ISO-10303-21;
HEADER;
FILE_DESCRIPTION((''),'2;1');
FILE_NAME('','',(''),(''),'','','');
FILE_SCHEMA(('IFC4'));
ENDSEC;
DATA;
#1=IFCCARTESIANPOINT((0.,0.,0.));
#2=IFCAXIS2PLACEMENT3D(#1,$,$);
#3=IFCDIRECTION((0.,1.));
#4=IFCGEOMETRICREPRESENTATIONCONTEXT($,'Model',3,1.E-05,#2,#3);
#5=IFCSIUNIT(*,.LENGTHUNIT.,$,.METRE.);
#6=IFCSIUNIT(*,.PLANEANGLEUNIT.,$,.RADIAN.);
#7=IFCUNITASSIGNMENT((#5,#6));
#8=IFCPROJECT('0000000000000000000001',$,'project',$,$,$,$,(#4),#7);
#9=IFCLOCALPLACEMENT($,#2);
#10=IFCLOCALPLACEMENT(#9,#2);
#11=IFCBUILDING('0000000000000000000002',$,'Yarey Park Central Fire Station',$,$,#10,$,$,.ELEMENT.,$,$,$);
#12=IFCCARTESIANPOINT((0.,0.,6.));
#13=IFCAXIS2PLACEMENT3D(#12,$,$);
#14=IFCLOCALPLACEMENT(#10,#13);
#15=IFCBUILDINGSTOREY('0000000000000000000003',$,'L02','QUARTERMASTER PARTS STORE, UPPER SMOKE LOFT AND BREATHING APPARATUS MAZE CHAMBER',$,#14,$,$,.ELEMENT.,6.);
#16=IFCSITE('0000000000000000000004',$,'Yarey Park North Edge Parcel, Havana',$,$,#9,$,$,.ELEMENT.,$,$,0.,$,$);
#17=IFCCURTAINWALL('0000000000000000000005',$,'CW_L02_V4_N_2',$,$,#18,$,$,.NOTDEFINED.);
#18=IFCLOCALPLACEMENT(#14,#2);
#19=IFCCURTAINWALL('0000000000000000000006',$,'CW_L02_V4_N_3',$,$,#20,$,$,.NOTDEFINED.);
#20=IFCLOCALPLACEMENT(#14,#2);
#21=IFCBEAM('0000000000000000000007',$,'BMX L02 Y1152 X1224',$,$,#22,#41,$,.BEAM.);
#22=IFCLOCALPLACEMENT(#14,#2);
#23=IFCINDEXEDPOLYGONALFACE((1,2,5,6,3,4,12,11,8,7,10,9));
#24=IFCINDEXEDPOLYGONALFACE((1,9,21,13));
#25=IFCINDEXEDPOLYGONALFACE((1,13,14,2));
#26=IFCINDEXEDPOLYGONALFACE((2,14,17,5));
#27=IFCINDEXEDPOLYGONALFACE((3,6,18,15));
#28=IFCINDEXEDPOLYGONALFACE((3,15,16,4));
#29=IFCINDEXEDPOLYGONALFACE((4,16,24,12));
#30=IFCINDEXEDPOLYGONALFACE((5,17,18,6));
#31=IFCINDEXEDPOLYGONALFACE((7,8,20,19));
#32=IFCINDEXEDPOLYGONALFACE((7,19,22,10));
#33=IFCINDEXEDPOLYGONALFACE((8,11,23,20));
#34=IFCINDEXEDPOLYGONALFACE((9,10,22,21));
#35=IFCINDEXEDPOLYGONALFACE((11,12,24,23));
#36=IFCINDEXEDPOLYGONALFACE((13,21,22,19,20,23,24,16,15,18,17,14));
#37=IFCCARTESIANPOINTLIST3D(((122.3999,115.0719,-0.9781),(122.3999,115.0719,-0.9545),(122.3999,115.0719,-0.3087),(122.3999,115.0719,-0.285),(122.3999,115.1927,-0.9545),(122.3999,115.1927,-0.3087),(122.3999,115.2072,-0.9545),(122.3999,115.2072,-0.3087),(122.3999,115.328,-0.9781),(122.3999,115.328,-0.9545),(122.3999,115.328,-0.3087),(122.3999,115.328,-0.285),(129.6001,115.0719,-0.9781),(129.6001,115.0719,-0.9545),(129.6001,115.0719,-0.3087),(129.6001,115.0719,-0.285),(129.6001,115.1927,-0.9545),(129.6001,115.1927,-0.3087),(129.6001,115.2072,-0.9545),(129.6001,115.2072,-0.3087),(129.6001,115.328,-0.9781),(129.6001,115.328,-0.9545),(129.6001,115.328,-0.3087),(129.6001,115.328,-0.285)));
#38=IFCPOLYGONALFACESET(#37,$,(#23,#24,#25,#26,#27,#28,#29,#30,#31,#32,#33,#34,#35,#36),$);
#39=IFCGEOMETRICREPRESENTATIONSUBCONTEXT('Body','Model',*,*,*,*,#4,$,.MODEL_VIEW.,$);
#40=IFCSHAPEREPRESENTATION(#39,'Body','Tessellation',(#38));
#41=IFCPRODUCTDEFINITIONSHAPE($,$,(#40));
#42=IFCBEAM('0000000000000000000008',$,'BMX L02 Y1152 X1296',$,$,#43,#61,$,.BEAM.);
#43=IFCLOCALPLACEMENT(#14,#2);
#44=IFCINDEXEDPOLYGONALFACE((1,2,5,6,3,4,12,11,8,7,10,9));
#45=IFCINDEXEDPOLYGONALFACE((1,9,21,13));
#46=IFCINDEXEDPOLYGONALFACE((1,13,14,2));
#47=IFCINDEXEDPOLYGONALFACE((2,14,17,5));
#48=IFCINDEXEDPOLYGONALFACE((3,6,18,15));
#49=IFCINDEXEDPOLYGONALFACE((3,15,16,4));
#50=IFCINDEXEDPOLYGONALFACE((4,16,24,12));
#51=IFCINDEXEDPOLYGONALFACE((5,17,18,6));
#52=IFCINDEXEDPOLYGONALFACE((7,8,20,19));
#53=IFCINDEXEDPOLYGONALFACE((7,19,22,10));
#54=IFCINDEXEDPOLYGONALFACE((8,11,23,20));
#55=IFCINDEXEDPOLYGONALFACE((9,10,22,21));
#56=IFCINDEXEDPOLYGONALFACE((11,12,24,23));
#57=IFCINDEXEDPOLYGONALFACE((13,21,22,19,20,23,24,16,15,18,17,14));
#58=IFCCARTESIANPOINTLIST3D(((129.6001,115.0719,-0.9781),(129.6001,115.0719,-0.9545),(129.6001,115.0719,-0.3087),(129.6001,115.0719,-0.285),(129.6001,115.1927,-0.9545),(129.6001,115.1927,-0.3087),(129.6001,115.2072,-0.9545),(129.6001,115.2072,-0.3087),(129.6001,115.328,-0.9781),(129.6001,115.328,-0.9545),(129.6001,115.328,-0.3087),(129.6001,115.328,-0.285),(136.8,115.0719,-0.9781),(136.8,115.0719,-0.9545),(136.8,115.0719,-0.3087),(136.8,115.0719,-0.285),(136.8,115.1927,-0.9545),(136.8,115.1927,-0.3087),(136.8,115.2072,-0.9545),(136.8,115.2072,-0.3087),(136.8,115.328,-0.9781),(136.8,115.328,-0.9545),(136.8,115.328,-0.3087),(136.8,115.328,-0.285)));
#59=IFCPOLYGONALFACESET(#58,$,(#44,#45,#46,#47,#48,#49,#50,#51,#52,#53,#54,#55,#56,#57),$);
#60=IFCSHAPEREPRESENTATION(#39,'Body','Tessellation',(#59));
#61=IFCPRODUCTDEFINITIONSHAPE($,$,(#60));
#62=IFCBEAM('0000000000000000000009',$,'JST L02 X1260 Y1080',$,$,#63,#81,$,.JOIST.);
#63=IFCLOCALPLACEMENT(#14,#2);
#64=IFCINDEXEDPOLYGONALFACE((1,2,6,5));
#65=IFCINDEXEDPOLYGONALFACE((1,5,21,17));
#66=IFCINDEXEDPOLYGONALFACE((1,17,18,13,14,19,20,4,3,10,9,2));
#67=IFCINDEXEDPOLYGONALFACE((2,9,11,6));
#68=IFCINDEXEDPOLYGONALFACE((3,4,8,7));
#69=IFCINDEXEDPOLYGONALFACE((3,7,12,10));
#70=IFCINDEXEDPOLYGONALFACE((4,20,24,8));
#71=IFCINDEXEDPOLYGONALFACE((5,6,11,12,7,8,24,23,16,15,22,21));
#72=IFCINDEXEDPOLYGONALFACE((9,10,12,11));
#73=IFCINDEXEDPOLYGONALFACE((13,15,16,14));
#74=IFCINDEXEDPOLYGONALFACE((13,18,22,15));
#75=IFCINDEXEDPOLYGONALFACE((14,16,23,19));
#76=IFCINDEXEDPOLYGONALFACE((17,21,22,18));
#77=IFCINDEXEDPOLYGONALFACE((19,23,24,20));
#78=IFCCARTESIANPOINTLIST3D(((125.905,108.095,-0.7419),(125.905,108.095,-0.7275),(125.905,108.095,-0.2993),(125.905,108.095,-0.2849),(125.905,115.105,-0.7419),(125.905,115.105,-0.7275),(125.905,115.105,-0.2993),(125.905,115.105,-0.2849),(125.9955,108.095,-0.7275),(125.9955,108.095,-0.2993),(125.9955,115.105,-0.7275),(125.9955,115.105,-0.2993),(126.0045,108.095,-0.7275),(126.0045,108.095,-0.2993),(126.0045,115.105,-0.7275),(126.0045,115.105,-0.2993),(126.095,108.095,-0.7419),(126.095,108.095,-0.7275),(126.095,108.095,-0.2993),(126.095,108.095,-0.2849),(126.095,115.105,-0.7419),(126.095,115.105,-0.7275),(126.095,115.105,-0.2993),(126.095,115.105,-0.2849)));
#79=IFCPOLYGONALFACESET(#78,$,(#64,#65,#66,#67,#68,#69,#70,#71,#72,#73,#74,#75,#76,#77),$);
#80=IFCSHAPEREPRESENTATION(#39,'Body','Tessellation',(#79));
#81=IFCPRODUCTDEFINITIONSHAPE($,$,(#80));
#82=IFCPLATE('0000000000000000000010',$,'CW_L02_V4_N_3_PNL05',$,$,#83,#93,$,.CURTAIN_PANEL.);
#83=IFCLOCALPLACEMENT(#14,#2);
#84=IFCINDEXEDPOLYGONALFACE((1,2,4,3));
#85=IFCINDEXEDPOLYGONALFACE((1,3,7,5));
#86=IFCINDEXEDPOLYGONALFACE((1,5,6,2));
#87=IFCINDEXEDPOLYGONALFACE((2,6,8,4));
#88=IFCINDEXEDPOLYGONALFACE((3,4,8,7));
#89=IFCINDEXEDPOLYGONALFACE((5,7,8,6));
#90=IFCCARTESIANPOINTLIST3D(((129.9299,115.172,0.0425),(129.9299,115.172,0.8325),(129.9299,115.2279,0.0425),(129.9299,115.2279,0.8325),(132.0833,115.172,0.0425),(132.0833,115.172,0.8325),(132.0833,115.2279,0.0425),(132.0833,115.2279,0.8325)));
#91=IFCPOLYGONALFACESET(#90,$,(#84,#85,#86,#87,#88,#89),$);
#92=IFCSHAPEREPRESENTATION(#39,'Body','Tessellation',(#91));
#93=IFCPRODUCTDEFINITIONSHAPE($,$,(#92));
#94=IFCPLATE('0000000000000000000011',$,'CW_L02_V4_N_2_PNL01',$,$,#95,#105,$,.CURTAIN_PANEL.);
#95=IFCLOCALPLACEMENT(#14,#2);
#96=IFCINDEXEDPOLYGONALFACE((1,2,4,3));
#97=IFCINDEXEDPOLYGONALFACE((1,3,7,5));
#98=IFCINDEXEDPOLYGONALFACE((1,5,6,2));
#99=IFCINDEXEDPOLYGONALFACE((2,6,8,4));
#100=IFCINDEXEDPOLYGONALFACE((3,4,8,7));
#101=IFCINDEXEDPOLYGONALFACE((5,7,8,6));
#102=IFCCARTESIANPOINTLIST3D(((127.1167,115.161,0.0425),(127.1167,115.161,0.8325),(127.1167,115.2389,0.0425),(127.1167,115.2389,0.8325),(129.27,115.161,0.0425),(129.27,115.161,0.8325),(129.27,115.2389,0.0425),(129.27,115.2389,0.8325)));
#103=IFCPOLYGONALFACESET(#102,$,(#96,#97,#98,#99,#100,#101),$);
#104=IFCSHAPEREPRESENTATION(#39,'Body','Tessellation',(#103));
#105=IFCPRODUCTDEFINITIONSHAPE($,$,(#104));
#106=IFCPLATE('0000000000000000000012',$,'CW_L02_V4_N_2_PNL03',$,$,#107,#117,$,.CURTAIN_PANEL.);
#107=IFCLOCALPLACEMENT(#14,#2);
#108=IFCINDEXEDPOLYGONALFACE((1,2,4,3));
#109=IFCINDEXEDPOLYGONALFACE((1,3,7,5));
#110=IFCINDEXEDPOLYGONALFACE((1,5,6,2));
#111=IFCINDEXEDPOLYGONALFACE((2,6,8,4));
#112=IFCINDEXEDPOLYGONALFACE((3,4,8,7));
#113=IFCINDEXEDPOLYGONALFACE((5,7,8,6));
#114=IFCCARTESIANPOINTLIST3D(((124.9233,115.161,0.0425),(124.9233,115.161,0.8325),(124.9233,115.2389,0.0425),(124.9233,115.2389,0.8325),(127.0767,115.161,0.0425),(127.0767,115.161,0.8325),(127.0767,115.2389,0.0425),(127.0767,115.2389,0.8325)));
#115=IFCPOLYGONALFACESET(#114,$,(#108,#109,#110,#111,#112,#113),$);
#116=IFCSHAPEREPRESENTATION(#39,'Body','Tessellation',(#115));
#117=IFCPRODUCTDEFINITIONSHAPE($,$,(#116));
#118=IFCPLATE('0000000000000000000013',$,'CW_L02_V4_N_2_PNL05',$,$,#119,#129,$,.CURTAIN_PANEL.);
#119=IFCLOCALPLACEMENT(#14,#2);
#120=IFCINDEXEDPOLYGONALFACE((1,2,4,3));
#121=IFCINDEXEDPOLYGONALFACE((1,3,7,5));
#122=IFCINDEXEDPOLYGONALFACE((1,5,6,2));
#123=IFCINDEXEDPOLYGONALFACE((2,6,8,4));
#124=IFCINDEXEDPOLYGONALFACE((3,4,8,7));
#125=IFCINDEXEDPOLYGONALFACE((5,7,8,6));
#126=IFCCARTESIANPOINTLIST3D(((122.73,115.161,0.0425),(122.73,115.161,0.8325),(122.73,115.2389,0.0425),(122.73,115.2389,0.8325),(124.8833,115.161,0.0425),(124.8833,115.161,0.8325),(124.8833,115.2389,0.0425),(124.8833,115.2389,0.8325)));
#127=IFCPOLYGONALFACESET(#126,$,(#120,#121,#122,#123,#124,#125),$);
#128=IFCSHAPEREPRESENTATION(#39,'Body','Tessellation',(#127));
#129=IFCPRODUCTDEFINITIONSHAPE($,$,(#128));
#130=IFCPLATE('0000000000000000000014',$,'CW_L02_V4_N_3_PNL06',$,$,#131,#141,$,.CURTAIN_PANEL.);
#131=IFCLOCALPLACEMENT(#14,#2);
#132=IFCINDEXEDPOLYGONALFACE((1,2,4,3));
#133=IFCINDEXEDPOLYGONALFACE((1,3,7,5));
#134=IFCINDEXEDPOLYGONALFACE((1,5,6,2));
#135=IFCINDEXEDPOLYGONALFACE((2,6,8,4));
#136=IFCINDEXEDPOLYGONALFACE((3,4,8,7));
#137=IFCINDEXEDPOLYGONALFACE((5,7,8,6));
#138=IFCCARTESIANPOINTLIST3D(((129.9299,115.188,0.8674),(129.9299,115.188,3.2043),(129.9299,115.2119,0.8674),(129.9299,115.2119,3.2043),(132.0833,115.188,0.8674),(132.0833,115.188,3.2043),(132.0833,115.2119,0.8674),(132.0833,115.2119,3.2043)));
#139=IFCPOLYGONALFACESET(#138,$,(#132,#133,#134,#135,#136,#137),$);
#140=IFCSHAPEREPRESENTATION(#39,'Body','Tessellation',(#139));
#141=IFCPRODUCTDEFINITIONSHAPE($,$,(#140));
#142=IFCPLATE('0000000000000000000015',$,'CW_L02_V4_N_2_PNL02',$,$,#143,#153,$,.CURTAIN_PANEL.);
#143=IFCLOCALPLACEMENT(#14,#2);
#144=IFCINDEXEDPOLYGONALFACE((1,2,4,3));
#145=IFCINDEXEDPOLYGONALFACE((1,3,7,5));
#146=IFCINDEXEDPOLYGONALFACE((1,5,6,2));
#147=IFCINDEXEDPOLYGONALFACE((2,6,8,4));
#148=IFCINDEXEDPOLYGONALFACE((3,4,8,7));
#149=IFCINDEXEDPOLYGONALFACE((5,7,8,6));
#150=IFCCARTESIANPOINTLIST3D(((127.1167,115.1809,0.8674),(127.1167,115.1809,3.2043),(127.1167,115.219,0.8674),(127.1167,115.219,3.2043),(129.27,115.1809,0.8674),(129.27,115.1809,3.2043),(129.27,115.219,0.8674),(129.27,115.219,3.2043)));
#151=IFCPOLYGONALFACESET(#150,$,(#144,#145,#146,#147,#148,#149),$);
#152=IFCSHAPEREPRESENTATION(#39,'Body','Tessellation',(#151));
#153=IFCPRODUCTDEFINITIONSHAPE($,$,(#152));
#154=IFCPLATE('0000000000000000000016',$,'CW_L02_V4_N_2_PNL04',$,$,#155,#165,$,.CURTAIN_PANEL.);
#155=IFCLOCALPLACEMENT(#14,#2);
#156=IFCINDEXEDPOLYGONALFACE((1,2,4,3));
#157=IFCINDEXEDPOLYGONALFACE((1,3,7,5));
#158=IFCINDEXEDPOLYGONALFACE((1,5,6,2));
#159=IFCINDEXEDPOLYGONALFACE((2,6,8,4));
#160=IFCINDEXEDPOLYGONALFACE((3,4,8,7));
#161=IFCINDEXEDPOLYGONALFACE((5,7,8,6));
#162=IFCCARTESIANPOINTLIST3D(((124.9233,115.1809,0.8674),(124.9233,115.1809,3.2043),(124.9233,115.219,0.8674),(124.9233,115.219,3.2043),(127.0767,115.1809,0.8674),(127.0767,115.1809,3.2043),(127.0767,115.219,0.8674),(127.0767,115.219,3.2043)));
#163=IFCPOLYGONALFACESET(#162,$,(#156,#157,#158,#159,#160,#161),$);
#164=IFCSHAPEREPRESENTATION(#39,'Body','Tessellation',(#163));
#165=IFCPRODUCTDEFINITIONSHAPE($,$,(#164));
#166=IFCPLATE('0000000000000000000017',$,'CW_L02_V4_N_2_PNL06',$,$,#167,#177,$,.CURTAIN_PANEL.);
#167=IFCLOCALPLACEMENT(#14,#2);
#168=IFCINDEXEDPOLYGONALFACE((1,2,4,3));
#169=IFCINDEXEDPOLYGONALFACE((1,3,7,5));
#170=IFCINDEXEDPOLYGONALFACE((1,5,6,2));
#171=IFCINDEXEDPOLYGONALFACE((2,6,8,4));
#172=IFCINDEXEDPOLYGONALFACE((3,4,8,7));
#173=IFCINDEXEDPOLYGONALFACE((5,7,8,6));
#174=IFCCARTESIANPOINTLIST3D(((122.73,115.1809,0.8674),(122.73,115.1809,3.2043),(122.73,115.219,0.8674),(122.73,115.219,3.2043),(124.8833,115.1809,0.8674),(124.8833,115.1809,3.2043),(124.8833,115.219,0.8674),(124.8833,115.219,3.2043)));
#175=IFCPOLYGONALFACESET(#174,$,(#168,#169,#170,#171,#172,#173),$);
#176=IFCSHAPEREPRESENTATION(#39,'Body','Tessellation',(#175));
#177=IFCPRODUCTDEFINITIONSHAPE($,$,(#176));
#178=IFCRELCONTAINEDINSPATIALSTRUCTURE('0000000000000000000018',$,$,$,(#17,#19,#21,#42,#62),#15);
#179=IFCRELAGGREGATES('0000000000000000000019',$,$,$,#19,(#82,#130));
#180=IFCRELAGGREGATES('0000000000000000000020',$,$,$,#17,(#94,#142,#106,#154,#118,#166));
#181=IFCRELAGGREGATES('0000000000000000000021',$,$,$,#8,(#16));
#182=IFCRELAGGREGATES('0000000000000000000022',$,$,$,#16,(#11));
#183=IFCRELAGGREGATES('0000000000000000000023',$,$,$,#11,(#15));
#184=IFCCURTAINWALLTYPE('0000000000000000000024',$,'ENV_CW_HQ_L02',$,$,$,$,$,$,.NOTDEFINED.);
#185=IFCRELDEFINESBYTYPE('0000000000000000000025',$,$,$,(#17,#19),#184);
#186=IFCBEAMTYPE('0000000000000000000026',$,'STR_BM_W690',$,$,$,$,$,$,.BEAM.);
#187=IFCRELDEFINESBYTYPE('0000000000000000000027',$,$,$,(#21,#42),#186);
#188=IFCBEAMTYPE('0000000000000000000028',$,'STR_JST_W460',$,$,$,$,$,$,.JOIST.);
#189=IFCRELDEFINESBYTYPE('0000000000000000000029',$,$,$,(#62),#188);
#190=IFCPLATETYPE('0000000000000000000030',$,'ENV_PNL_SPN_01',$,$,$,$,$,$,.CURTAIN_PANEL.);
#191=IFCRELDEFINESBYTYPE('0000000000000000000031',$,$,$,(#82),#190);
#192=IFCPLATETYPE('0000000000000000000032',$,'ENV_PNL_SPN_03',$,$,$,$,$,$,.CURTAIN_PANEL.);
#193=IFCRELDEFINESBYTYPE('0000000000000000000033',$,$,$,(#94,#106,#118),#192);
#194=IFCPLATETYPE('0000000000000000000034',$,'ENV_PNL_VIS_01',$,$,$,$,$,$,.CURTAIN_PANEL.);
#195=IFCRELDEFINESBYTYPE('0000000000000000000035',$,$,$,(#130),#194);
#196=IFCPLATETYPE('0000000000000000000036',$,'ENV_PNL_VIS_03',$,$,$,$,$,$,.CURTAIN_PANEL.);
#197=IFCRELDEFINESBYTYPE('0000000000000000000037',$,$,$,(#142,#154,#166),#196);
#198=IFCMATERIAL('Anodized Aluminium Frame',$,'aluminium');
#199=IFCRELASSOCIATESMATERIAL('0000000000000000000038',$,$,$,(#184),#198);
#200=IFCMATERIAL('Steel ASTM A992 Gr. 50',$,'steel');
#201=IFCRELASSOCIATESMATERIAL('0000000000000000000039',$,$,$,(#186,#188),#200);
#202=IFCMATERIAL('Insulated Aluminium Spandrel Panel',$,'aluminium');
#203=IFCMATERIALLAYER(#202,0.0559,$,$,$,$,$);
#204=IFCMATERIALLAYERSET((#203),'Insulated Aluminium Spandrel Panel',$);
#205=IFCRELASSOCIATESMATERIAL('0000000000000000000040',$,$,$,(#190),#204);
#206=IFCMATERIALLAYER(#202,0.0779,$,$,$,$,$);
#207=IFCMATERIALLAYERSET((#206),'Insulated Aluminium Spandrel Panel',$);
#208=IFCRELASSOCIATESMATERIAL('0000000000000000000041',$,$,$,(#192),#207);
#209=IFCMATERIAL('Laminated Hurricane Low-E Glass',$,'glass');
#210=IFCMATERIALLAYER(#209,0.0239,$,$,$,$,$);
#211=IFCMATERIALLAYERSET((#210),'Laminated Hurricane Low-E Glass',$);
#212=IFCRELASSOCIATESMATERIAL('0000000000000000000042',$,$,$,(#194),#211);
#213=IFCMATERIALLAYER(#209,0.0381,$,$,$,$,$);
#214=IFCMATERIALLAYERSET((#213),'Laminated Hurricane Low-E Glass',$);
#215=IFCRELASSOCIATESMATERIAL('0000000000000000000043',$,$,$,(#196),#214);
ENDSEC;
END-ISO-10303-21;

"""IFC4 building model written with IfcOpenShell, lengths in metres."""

from ifc_helpers import new_model, si_unit, direction, frame, origin, origin_2d, place, context, subcontext, project, spatial, rectangle, i_section, extrude, material, layer, layer_set, material_profile, profile_set, type_object, element, aggregate, save


model = new_model("IFC4")

# Units and contexts
model_context = context("Model", 3, precision=1e-05, world=origin(), true_north=direction((0.0, 1.0)))
body_context = subcontext(model_context, "Body", "Model", "MODEL_VIEW")
ifc_project = project(units=[si_unit("LENGTHUNIT", "METRE"), si_unit("PLANEANGLEUNIT", "RADIAN")], contexts=[model_context])

# Site, building, storey
site_placement = place(None, origin())
site = spatial("IfcSite", under=ifc_project, at=site_placement, Name="Yarey Park North Edge Parcel, Havana", CompositionType="ELEMENT", RefElevation=0.0)
building_placement = place(site_placement, origin())
building = spatial("IfcBuilding", under=site, at=building_placement, Name="Yarey Park Central Fire Station", CompositionType="ELEMENT")
storey_placement = place(building_placement, frame((0.0, 0.0, 6.0)))
storey = spatial("IfcBuildingStorey", under=building, at=storey_placement, Name="L02", Description="QUARTERMASTER PARTS STORE, UPPER SMOKE LOFT AND BREATHING APPARATUS MAZE CHAMBER", CompositionType="ELEMENT", Elevation=6.0)

# Shared definitions
ifc_material_1 = material(Name="Anodized Aluminium Frame", Category="aluminium")
curtain_wall_type = type_object("IfcCurtainWallType", Name="ENV_CW_HQ_L02", PredefinedType="NOTDEFINED", material=ifc_material_1)

# Curtain walls
curtain_wall_1_placement = place(storey_placement, origin())
curtain_wall_1 = element("IfcCurtainWall", 1, at=curtain_wall_1_placement, inside=storey, type_object=curtain_wall_type, Name="CW_L02_V4_N_2", PredefinedType="NOTDEFINED")
curtain_wall_2_placement = place(storey_placement, origin())
curtain_wall_2 = element("IfcCurtainWall", 2, at=curtain_wall_2_placement, inside=storey, type_object=curtain_wall_type, Name="CW_L02_V4_N_3", PredefinedType="NOTDEFINED")

# Beams
ifc_material_2 = material(Name="Steel ASTM A992 Gr. 50", Category="steel")
ifc_material_profile_1 = material_profile(ifc_material_2, i_section(OverallWidth=0.2561, OverallDepth=0.6931, WebThickness=0.0144, FlangeThickness=0.0237, at=origin_2d()), Name="W690x170")
ifc_profile_set_1 = profile_set([ifc_material_profile_1], Name="Steel ASTM A992 Gr. 50")
beam_type_1 = type_object("IfcBeamType", Name="STR_BM_W690", PredefinedType="BEAM", material=ifc_profile_set_1)
beam_1_placement = place(storey_placement, frame((122.3999, 115.2, -0.6316), z_axis=(1.0, 0.0, 0.0), x_axis=(0.0, 1.0, 0.0)))
element("IfcBeam", 3, at=beam_1_placement, inside=storey, type_object=beam_type_1, Name="BMX L02 Y1152 X1224", PredefinedType="BEAM", context=body_context, shape_type="SweptSolid", body=[
    extrude(i_section(OverallWidth=0.2561, OverallDepth=0.6931, WebThickness=0.0144, FlangeThickness=0.0237, at=origin_2d()), origin(), (0.0, 0.0, 1.0), 7.2002),
])
beam_2_placement = place(storey_placement, frame((129.6001, 115.2, -0.6316), z_axis=(1.0, 0.0, 0.0), x_axis=(0.0, 1.0, 0.0)))
element("IfcBeam", 4, at=beam_2_placement, inside=storey, type_object=beam_type_1, Name="BMX L02 Y1152 X1296", PredefinedType="BEAM", context=body_context, shape_type="SweptSolid", body=[
    extrude(i_section(OverallWidth=0.2561, OverallDepth=0.6931, WebThickness=0.0144, FlangeThickness=0.0237, at=origin_2d()), origin(), (0.0, 0.0, 1.0), 7.2),
])
ifc_material_profile_2 = material_profile(ifc_material_2, i_section(OverallWidth=0.1899, OverallDepth=0.457, WebThickness=0.009, FlangeThickness=0.0144, at=origin_2d()), Name="W460x74")
ifc_profile_set_2 = profile_set([ifc_material_profile_2], Name="Steel ASTM A992 Gr. 50")
beam_type_2 = type_object("IfcBeamType", Name="STR_JST_W460", PredefinedType="JOIST", material=ifc_profile_set_2)
beam_3_placement = place(storey_placement, frame((126.0, 108.095, -0.5134), z_axis=(0.0, 1.0, 0.0), x_axis=(-1.0, 0.0, 0.0)))
element("IfcBeam", 5, at=beam_3_placement, inside=storey, type_object=beam_type_2, Name="JST L02 X1260 Y1080", PredefinedType="JOIST", context=body_context, shape_type="SweptSolid", body=[
    extrude(i_section(OverallWidth=0.1899, OverallDepth=0.457, WebThickness=0.009, FlangeThickness=0.0144, at=origin_2d()), origin(), (0.0, 0.0, 1.0), 7.01),
])

# Plates
ifc_material_3 = material(Name="Insulated Aluminium Spandrel Panel", Category="aluminium")
ifc_layer_1 = layer(ifc_material_3, 0.0559)
ifc_layer_set_1 = layer_set([ifc_layer_1], Name="Insulated Aluminium Spandrel Panel")
plate_type_1 = type_object("IfcPlateType", Name="ENV_PNL_SPN_01", PredefinedType="CURTAIN_PANEL", material=ifc_layer_set_1)
plate_1_placement = place(storey_placement, frame((131.0066, 115.2, 0.0425), z_axis=(0.0, 0.0, 1.0), x_axis=(-1.0, 0.0, 0.0)))
plate_1 = element("IfcPlate", 6, at=plate_1_placement, type_object=plate_type_1, Name="CW_L02_V4_N_3_PNL05", PredefinedType="CURTAIN_PANEL", context=body_context, shape_type="SweptSolid", body=[
    extrude(rectangle(XDim=2.1533, YDim=0.0559, at=origin_2d()), origin(), (0.0, 0.0, 1.0), 0.79),
])
ifc_layer_2 = layer(ifc_material_3, 0.0779)
ifc_layer_set_2 = layer_set([ifc_layer_2], Name="Insulated Aluminium Spandrel Panel")
plate_type_2 = type_object("IfcPlateType", Name="ENV_PNL_SPN_03", PredefinedType="CURTAIN_PANEL", material=ifc_layer_set_2)
plate_2_placement = place(storey_placement, frame((128.1934, 115.2, 0.0425), z_axis=(0.0, 0.0, 1.0), x_axis=(-1.0, 0.0, 0.0)))
plate_2 = element("IfcPlate", 7, at=plate_2_placement, type_object=plate_type_2, Name="CW_L02_V4_N_2_PNL01", PredefinedType="CURTAIN_PANEL", context=body_context, shape_type="SweptSolid", body=[
    extrude(rectangle(XDim=2.1533, YDim=0.0779, at=origin_2d()), origin(), (0.0, 0.0, 1.0), 0.79),
])
plate_3_placement = place(storey_placement, frame((126.0, 115.2, 0.0425), z_axis=(0.0, 0.0, 1.0), x_axis=(-1.0, 0.0, 0.0)))
plate_3 = element("IfcPlate", 8, at=plate_3_placement, type_object=plate_type_2, Name="CW_L02_V4_N_2_PNL03", PredefinedType="CURTAIN_PANEL", context=body_context, shape_type="SweptSolid", body=[
    extrude(rectangle(XDim=2.1533, YDim=0.0779, at=origin_2d()), origin(), (0.0, 0.0, 1.0), 0.79),
])
plate_4_placement = place(storey_placement, frame((123.8066, 115.2, 0.0425), z_axis=(0.0, 0.0, 1.0), x_axis=(-1.0, 0.0, 0.0)))
plate_4 = element("IfcPlate", 9, at=plate_4_placement, type_object=plate_type_2, Name="CW_L02_V4_N_2_PNL05", PredefinedType="CURTAIN_PANEL", context=body_context, shape_type="SweptSolid", body=[
    extrude(rectangle(XDim=2.1533, YDim=0.0779, at=origin_2d()), origin(), (0.0, 0.0, 1.0), 0.79),
])
ifc_material_4 = material(Name="Laminated Hurricane Low-E Glass", Category="glass")
ifc_layer_3 = layer(ifc_material_4, 0.0239)
ifc_layer_set_3 = layer_set([ifc_layer_3], Name="Laminated Hurricane Low-E Glass")
plate_type_3 = type_object("IfcPlateType", Name="ENV_PNL_VIS_01", PredefinedType="CURTAIN_PANEL", material=ifc_layer_set_3)
plate_5_placement = place(storey_placement, frame((131.0066, 115.2, 0.8674), z_axis=(0.0, 0.0, 1.0), x_axis=(-1.0, 0.0, 0.0)))
plate_5 = element("IfcPlate", 10, at=plate_5_placement, type_object=plate_type_3, Name="CW_L02_V4_N_3_PNL06", PredefinedType="CURTAIN_PANEL", context=body_context, shape_type="SweptSolid", body=[
    extrude(rectangle(XDim=2.1533, YDim=0.0239, at=origin_2d()), origin(), (0.0, 0.0, 1.0), 2.3369),
])
aggregate(curtain_wall_2, [plate_1, plate_5])
ifc_layer_4 = layer(ifc_material_4, 0.0381)
ifc_layer_set_4 = layer_set([ifc_layer_4], Name="Laminated Hurricane Low-E Glass")
plate_type_4 = type_object("IfcPlateType", Name="ENV_PNL_VIS_03", PredefinedType="CURTAIN_PANEL", material=ifc_layer_set_4)
plate_6_placement = place(storey_placement, frame((128.1934, 115.2, 0.8674), z_axis=(0.0, 0.0, 1.0), x_axis=(-1.0, 0.0, 0.0)))
plate_6 = element("IfcPlate", 11, at=plate_6_placement, type_object=plate_type_4, Name="CW_L02_V4_N_2_PNL02", PredefinedType="CURTAIN_PANEL", context=body_context, shape_type="SweptSolid", body=[
    extrude(rectangle(XDim=2.1533, YDim=0.0381, at=origin_2d()), origin(), (0.0, 0.0, 1.0), 2.3369),
])
plate_7_placement = place(storey_placement, frame((126.0, 115.2, 0.8674), z_axis=(0.0, 0.0, 1.0), x_axis=(-1.0, 0.0, 0.0)))
plate_7 = element("IfcPlate", 12, at=plate_7_placement, type_object=plate_type_4, Name="CW_L02_V4_N_2_PNL04", PredefinedType="CURTAIN_PANEL", context=body_context, shape_type="SweptSolid", body=[
    extrude(rectangle(XDim=2.1533, YDim=0.0381, at=origin_2d()), origin(), (0.0, 0.0, 1.0), 2.3369),
])
plate_8_placement = place(storey_placement, frame((123.8066, 115.2, 0.8674), z_axis=(0.0, 0.0, 1.0), x_axis=(-1.0, 0.0, 0.0)))
plate_8 = element("IfcPlate", 13, at=plate_8_placement, type_object=plate_type_4, Name="CW_L02_V4_N_2_PNL06", PredefinedType="CURTAIN_PANEL", context=body_context, shape_type="SweptSolid", body=[
    extrude(rectangle(XDim=2.1533, YDim=0.0381, at=origin_2d()), origin(), (0.0, 0.0, 1.0), 2.3369),
])
aggregate(curtain_wall_1, [plate_2, plate_6, plate_3, plate_7, plate_4, plate_8])

save(model, "model.ifc")
